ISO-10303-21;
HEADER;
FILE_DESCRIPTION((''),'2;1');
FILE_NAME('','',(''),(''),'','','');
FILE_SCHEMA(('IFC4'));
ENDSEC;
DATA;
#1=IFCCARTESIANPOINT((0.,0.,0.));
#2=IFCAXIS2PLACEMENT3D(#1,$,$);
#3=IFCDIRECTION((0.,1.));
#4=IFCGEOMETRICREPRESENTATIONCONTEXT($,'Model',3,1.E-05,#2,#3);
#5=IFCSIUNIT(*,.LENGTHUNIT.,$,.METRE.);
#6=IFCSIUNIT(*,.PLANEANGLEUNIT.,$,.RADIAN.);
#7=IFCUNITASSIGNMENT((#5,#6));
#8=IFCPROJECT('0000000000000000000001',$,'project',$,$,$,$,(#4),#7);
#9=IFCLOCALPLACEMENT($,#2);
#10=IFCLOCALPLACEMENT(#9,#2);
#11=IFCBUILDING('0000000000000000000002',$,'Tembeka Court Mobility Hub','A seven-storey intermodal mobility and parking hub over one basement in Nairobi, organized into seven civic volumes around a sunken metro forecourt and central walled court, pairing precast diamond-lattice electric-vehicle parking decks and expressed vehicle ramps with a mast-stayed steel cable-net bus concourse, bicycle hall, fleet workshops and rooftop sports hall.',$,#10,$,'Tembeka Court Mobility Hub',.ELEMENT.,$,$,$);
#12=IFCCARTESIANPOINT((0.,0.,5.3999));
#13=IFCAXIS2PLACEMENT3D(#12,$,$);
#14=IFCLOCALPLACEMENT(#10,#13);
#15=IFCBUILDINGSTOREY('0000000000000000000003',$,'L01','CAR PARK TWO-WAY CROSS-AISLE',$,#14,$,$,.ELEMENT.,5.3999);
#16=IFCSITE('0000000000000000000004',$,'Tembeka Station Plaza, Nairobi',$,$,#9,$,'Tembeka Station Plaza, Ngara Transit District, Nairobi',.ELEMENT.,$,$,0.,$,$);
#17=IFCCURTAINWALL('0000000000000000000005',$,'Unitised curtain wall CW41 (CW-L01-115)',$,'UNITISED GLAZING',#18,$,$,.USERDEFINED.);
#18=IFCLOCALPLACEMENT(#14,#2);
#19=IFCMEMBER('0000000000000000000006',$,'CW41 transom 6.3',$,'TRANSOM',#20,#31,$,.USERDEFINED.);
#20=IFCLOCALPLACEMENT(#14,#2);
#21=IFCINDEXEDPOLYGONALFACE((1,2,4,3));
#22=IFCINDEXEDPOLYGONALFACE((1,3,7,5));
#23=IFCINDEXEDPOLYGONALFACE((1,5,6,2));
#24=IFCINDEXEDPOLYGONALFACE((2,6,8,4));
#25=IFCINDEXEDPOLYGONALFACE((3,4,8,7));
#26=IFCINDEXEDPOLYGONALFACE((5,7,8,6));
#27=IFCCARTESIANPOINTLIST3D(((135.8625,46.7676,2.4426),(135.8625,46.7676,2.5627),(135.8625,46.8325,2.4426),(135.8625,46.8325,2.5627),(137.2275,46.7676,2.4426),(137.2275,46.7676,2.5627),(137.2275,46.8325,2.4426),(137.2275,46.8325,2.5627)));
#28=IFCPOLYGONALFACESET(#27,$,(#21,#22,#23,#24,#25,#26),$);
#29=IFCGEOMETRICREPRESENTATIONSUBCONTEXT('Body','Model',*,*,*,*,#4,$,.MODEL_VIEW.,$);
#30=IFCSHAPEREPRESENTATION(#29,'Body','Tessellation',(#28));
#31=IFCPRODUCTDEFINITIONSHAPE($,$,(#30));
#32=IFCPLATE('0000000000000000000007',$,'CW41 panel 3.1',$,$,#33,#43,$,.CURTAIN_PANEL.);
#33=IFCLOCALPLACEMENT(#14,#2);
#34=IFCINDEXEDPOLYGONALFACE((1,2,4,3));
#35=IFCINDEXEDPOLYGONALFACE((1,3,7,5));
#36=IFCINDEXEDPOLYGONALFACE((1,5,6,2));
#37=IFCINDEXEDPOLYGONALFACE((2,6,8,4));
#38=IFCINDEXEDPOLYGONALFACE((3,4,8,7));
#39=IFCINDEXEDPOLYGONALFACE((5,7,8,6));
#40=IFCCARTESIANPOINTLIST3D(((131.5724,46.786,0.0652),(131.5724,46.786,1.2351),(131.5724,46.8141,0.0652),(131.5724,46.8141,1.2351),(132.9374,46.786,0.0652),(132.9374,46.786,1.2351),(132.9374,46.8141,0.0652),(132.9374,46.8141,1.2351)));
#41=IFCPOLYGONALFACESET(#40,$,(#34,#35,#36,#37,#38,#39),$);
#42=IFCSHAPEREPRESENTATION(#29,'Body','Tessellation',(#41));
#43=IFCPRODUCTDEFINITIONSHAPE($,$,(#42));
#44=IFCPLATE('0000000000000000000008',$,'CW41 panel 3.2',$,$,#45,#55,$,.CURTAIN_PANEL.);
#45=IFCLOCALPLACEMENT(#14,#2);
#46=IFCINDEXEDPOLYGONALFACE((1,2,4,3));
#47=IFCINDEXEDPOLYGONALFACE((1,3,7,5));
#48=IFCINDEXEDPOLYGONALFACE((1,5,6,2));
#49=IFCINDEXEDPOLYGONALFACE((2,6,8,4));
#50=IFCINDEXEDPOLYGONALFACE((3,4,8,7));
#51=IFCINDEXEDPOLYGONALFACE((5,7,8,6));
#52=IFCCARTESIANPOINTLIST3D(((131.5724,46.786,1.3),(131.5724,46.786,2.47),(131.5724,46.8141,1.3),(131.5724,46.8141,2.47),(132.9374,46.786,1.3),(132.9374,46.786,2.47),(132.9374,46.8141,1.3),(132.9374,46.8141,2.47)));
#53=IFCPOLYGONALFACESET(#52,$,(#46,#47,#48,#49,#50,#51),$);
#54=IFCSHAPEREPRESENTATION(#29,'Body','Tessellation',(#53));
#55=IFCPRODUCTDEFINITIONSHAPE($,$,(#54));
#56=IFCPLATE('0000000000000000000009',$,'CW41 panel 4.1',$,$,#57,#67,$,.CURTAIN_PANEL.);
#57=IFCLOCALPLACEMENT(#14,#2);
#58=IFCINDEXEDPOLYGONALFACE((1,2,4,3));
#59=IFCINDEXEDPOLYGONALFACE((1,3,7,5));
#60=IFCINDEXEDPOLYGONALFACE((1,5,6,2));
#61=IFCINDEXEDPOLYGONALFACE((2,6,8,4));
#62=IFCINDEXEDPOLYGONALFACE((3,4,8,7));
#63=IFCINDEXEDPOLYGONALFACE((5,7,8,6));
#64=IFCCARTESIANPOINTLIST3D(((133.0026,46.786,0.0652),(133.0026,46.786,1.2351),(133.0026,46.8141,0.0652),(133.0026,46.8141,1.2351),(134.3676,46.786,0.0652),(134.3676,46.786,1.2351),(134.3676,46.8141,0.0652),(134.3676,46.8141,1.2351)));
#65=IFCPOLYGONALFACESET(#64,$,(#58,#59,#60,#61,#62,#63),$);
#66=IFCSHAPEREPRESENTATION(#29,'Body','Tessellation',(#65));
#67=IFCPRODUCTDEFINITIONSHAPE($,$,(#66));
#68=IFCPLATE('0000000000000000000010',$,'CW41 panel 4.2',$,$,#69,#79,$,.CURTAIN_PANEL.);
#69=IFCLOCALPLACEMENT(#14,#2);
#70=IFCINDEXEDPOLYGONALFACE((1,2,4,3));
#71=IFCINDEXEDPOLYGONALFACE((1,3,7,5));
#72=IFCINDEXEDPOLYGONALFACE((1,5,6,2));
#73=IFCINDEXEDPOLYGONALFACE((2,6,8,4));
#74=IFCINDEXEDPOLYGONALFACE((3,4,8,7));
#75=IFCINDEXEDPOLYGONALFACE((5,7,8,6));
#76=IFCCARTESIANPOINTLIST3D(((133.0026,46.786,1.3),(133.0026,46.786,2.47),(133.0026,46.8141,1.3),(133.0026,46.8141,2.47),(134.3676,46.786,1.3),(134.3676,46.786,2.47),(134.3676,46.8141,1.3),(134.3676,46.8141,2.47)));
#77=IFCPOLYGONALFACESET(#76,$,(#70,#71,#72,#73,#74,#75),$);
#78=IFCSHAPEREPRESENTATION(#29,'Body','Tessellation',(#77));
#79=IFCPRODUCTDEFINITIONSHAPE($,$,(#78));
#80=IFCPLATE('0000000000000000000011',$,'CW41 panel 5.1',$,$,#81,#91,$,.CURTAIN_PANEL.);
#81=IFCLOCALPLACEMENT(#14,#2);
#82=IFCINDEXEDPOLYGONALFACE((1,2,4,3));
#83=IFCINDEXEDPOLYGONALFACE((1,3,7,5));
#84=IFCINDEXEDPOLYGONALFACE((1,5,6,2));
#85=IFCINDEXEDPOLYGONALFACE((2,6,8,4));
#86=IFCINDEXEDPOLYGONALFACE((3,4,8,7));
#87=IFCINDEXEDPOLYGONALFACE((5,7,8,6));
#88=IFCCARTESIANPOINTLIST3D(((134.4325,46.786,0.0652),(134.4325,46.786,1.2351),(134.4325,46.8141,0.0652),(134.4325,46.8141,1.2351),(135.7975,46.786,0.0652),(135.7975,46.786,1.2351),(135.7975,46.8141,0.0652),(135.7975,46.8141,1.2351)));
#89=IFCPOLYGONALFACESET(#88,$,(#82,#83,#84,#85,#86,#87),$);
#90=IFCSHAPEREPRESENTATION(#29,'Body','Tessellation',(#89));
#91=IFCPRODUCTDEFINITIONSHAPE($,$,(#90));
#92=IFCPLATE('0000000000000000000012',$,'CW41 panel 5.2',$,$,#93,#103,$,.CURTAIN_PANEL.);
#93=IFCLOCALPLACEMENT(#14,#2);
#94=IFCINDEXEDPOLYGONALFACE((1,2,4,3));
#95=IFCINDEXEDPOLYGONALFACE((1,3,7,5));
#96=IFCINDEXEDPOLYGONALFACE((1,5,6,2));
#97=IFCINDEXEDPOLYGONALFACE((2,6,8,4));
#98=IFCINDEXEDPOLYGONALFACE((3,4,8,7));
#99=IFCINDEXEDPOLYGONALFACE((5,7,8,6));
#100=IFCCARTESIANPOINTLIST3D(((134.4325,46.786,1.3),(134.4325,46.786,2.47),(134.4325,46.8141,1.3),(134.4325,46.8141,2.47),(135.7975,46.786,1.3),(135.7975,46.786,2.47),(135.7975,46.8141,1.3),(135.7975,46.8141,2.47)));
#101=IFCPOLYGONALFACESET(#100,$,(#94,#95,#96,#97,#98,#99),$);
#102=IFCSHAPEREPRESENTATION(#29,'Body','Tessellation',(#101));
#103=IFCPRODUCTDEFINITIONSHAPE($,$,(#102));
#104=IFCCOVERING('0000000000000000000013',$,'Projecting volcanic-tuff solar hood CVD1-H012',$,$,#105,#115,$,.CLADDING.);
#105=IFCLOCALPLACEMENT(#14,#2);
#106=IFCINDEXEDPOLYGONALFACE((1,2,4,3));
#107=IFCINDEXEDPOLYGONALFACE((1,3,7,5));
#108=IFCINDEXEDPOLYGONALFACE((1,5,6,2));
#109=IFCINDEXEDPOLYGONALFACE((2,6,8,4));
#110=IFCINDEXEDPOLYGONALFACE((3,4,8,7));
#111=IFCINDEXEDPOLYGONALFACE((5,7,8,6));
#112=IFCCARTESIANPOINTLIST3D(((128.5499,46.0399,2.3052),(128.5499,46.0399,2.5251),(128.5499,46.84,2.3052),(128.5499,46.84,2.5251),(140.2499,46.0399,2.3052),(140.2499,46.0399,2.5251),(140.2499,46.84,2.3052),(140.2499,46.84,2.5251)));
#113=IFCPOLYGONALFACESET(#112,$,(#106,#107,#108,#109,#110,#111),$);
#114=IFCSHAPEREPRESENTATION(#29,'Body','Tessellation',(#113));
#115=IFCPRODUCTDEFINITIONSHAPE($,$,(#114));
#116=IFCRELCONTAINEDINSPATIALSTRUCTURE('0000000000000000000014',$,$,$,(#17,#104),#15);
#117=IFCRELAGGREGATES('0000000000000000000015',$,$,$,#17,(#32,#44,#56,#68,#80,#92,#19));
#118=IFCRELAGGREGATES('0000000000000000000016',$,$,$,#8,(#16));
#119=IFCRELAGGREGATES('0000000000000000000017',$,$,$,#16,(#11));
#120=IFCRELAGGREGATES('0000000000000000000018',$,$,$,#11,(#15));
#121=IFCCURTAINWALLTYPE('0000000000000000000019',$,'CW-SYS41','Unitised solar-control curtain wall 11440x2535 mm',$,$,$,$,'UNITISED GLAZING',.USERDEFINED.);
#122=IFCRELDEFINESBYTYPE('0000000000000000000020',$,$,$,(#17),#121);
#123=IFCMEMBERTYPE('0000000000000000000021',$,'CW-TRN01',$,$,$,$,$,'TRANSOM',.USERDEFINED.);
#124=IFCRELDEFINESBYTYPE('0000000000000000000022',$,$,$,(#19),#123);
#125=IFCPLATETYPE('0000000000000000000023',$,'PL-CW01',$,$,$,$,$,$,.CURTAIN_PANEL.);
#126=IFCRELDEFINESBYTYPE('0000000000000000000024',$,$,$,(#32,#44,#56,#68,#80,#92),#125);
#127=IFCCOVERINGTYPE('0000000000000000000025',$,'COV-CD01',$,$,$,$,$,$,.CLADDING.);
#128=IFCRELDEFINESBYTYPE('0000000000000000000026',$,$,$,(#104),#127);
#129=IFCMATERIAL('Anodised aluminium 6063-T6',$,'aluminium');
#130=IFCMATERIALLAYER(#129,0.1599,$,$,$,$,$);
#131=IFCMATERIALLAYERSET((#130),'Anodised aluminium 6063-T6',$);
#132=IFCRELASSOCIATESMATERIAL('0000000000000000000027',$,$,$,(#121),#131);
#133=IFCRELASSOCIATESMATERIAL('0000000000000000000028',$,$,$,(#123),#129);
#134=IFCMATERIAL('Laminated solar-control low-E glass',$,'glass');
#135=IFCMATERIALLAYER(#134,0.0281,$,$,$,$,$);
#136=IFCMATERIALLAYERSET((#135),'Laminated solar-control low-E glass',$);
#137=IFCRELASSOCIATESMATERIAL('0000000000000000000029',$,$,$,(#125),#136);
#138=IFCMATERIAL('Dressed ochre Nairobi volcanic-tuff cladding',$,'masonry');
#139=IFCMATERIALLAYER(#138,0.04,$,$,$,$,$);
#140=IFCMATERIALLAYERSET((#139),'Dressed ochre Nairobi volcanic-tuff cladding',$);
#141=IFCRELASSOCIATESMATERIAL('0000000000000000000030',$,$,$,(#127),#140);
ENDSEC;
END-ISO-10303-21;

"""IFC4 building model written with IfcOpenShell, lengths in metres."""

from ifc_helpers import new_model, si_unit, direction, frame, origin, origin_2d, place, context, subcontext, project, spatial, rectangle, extrude, material, layer, layer_set, material_profile, profile_set, type_object, element, aggregate, save


model = new_model("IFC4")

# Units and contexts
model_context = context("Model", 3, precision=1e-05, world=origin(), true_north=direction((0.0, 1.0)))
body_context = subcontext(model_context, "Body", "Model", "MODEL_VIEW")
ifc_project = project(units=[si_unit("LENGTHUNIT", "METRE"), si_unit("PLANEANGLEUNIT", "RADIAN")], contexts=[model_context])

# Site, building, storey
site_placement = place(None, origin())
site = spatial("IfcSite", under=ifc_project, at=site_placement, Name="Tembeka Station Plaza, Nairobi", LongName="Tembeka Station Plaza, Ngara Transit District, Nairobi", CompositionType="ELEMENT", RefElevation=0.0)
building_placement = place(site_placement, origin())
building = spatial("IfcBuilding", under=site, at=building_placement, Name="Tembeka Court Mobility Hub", Description="A seven-storey intermodal mobility and parking hub over one basement in Nairobi, organized into seven civic volumes around a sunken metro forecourt and central walled court, pairing precast diamond-lattice electric-vehicle parking decks and expressed vehicle ramps with a mast-stayed steel cable-net bus concourse, bicycle hall, fleet workshops and rooftop sports hall.", LongName="Tembeka Court Mobility Hub", CompositionType="ELEMENT")
storey_placement = place(building_placement, frame((0.0, 0.0, 5.3999)))
storey = spatial("IfcBuildingStorey", under=building, at=storey_placement, Name="L01", Description="CAR PARK TWO-WAY CROSS-AISLE", CompositionType="ELEMENT", Elevation=5.3999)

# Curtain wall, member, plates
ifc_material_1 = material(Name="Anodised aluminium 6063-T6", Category="aluminium")
ifc_layer_1 = layer(ifc_material_1, 0.1599)
ifc_layer_set_1 = layer_set([ifc_layer_1], Name="Anodised aluminium 6063-T6")
curtain_wall_type = type_object("IfcCurtainWallType", Name="CW-SYS41", Description="Unitised solar-control curtain wall 11440x2535 mm", ElementType="UNITISED GLAZING", PredefinedType="USERDEFINED", material=ifc_layer_set_1)
curtain_wall_placement = place(storey_placement, origin())
curtain_wall = element("IfcCurtainWall", 1, at=curtain_wall_placement, inside=storey, type_object=curtain_wall_type, Name="Unitised curtain wall CW41 (CW-L01-115)", ObjectType="UNITISED GLAZING", PredefinedType="USERDEFINED")
ifc_material_profile_1 = material_profile(ifc_material_1, rectangle(XDim=0.0649, YDim=0.1201, at=origin_2d()), Name="ALU-TRN 65x120")
ifc_profile_set_1 = profile_set([ifc_material_profile_1], Name="Anodised aluminium 6063-T6")
member_type_1 = type_object("IfcMemberType", Name="CW-TRN01", ElementType="TRANSOM", PredefinedType="USERDEFINED", material=ifc_profile_set_1)
member_1_placement = place(storey_placement, frame((135.8625, 46.8, 2.5027), z_axis=(1.0, 0.0, 0.0), x_axis=(0.0, 1.0, 0.0)))
member_1 = element("IfcMember", 2, at=member_1_placement, type_object=member_type_1, Name="CW41 transom 6.3", ObjectType="TRANSOM", PredefinedType="USERDEFINED", context=body_context, shape_type="SweptSolid", body=[
    extrude(rectangle(XDim=0.0649, YDim=0.1201, at=origin_2d()), origin(), (0.0, 0.0, 1.0), 1.365),
])
ifc_material_2 = material(Name="Laminated solar-control low-E glass", Category="glass")
ifc_layer_2 = layer(ifc_material_2, 0.0281)
ifc_layer_set_2 = layer_set([ifc_layer_2], Name="Laminated solar-control low-E glass")
plate_type = type_object("IfcPlateType", Name="PL-CW01", PredefinedType="CURTAIN_PANEL", material=ifc_layer_set_2)
plate_1_placement = place(storey_placement, frame((132.2549, 46.8, 0.0652), z_axis=(0.0, 0.0, 1.0), x_axis=(1.0, 0.0, 0.0)))
plate_1 = element("IfcPlate", 3, at=plate_1_placement, type_object=plate_type, Name="CW41 panel 3.1", PredefinedType="CURTAIN_PANEL", context=body_context, shape_type="SweptSolid", body=[
    extrude(rectangle(XDim=1.365, YDim=0.0281, at=origin_2d()), origin(), (0.0, 0.0, 1.0), 1.1699),
])
plate_2_placement = place(storey_placement, frame((132.2549, 46.8, 1.3), z_axis=(0.0, 0.0, 1.0), x_axis=(1.0, 0.0, 0.0)))
plate_2 = element("IfcPlate", 4, at=plate_2_placement, type_object=plate_type, Name="CW41 panel 3.2", PredefinedType="CURTAIN_PANEL", context=body_context, shape_type="SweptSolid", body=[
    extrude(rectangle(XDim=1.365, YDim=0.0281, at=origin_2d()), origin(), (0.0, 0.0, 1.0), 1.1699),
])
plate_3_placement = place(storey_placement, frame((133.6851, 46.8, 0.0652), z_axis=(0.0, 0.0, 1.0), x_axis=(1.0, 0.0, 0.0)))
plate_3 = element("IfcPlate", 5, at=plate_3_placement, type_object=plate_type, Name="CW41 panel 4.1", PredefinedType="CURTAIN_PANEL", context=body_context, shape_type="SweptSolid", body=[
    extrude(rectangle(XDim=1.365, YDim=0.0281, at=origin_2d()), origin(), (0.0, 0.0, 1.0), 1.1699),
])
plate_4_placement = place(storey_placement, frame((133.6851, 46.8, 1.3), z_axis=(0.0, 0.0, 1.0), x_axis=(1.0, 0.0, 0.0)))
plate_4 = element("IfcPlate", 6, at=plate_4_placement, type_object=plate_type, Name="CW41 panel 4.2", PredefinedType="CURTAIN_PANEL", context=body_context, shape_type="SweptSolid", body=[
    extrude(rectangle(XDim=1.365, YDim=0.0281, at=origin_2d()), origin(), (0.0, 0.0, 1.0), 1.1699),
])
plate_5_placement = place(storey_placement, frame((135.115, 46.8, 0.0652), z_axis=(0.0, 0.0, 1.0), x_axis=(1.0, 0.0, 0.0)))
plate_5 = element("IfcPlate", 7, at=plate_5_placement, type_object=plate_type, Name="CW41 panel 5.1", PredefinedType="CURTAIN_PANEL", context=body_context, shape_type="SweptSolid", body=[
    extrude(rectangle(XDim=1.365, YDim=0.0281, at=origin_2d()), origin(), (0.0, 0.0, 1.0), 1.1699),
])
plate_6_placement = place(storey_placement, frame((135.115, 46.8, 1.3), z_axis=(0.0, 0.0, 1.0), x_axis=(1.0, 0.0, 0.0)))
plate_6 = element("IfcPlate", 8, at=plate_6_placement, type_object=plate_type, Name="CW41 panel 5.2", PredefinedType="CURTAIN_PANEL", context=body_context, shape_type="SweptSolid", body=[
    extrude(rectangle(XDim=1.365, YDim=0.0281, at=origin_2d()), origin(), (0.0, 0.0, 1.0), 1.1699),
])
aggregate(curtain_wall, [plate_1, plate_2, plate_3, plate_4, plate_5, plate_6, member_1])

# Covering
ifc_material_3 = material(Name="Dressed ochre Nairobi volcanic-tuff cladding", Category="masonry")
ifc_layer_3 = layer(ifc_material_3, 0.04)
ifc_layer_set_3 = layer_set([ifc_layer_3], Name="Dressed ochre Nairobi volcanic-tuff cladding")
covering_type = type_object("IfcCoveringType", Name="COV-CD01", PredefinedType="CLADDING", material=ifc_layer_set_3)
covering_placement = place(storey_placement, frame((134.3999, 46.4399, 2.3052), z_axis=(0.0, 0.0, 1.0), x_axis=(1.0, 0.0, 0.0)))
element("IfcCovering", 9, at=covering_placement, inside=storey, type_object=covering_type, Name="Projecting volcanic-tuff solar hood CVD1-H012", PredefinedType="CLADDING", context=body_context, shape_type="SweptSolid", body=[
    extrude(rectangle(XDim=11.7, YDim=0.8, at=origin_2d()), origin(), (0.0, 0.0, 1.0), 0.22),
])

save(model, "model.ifc")
